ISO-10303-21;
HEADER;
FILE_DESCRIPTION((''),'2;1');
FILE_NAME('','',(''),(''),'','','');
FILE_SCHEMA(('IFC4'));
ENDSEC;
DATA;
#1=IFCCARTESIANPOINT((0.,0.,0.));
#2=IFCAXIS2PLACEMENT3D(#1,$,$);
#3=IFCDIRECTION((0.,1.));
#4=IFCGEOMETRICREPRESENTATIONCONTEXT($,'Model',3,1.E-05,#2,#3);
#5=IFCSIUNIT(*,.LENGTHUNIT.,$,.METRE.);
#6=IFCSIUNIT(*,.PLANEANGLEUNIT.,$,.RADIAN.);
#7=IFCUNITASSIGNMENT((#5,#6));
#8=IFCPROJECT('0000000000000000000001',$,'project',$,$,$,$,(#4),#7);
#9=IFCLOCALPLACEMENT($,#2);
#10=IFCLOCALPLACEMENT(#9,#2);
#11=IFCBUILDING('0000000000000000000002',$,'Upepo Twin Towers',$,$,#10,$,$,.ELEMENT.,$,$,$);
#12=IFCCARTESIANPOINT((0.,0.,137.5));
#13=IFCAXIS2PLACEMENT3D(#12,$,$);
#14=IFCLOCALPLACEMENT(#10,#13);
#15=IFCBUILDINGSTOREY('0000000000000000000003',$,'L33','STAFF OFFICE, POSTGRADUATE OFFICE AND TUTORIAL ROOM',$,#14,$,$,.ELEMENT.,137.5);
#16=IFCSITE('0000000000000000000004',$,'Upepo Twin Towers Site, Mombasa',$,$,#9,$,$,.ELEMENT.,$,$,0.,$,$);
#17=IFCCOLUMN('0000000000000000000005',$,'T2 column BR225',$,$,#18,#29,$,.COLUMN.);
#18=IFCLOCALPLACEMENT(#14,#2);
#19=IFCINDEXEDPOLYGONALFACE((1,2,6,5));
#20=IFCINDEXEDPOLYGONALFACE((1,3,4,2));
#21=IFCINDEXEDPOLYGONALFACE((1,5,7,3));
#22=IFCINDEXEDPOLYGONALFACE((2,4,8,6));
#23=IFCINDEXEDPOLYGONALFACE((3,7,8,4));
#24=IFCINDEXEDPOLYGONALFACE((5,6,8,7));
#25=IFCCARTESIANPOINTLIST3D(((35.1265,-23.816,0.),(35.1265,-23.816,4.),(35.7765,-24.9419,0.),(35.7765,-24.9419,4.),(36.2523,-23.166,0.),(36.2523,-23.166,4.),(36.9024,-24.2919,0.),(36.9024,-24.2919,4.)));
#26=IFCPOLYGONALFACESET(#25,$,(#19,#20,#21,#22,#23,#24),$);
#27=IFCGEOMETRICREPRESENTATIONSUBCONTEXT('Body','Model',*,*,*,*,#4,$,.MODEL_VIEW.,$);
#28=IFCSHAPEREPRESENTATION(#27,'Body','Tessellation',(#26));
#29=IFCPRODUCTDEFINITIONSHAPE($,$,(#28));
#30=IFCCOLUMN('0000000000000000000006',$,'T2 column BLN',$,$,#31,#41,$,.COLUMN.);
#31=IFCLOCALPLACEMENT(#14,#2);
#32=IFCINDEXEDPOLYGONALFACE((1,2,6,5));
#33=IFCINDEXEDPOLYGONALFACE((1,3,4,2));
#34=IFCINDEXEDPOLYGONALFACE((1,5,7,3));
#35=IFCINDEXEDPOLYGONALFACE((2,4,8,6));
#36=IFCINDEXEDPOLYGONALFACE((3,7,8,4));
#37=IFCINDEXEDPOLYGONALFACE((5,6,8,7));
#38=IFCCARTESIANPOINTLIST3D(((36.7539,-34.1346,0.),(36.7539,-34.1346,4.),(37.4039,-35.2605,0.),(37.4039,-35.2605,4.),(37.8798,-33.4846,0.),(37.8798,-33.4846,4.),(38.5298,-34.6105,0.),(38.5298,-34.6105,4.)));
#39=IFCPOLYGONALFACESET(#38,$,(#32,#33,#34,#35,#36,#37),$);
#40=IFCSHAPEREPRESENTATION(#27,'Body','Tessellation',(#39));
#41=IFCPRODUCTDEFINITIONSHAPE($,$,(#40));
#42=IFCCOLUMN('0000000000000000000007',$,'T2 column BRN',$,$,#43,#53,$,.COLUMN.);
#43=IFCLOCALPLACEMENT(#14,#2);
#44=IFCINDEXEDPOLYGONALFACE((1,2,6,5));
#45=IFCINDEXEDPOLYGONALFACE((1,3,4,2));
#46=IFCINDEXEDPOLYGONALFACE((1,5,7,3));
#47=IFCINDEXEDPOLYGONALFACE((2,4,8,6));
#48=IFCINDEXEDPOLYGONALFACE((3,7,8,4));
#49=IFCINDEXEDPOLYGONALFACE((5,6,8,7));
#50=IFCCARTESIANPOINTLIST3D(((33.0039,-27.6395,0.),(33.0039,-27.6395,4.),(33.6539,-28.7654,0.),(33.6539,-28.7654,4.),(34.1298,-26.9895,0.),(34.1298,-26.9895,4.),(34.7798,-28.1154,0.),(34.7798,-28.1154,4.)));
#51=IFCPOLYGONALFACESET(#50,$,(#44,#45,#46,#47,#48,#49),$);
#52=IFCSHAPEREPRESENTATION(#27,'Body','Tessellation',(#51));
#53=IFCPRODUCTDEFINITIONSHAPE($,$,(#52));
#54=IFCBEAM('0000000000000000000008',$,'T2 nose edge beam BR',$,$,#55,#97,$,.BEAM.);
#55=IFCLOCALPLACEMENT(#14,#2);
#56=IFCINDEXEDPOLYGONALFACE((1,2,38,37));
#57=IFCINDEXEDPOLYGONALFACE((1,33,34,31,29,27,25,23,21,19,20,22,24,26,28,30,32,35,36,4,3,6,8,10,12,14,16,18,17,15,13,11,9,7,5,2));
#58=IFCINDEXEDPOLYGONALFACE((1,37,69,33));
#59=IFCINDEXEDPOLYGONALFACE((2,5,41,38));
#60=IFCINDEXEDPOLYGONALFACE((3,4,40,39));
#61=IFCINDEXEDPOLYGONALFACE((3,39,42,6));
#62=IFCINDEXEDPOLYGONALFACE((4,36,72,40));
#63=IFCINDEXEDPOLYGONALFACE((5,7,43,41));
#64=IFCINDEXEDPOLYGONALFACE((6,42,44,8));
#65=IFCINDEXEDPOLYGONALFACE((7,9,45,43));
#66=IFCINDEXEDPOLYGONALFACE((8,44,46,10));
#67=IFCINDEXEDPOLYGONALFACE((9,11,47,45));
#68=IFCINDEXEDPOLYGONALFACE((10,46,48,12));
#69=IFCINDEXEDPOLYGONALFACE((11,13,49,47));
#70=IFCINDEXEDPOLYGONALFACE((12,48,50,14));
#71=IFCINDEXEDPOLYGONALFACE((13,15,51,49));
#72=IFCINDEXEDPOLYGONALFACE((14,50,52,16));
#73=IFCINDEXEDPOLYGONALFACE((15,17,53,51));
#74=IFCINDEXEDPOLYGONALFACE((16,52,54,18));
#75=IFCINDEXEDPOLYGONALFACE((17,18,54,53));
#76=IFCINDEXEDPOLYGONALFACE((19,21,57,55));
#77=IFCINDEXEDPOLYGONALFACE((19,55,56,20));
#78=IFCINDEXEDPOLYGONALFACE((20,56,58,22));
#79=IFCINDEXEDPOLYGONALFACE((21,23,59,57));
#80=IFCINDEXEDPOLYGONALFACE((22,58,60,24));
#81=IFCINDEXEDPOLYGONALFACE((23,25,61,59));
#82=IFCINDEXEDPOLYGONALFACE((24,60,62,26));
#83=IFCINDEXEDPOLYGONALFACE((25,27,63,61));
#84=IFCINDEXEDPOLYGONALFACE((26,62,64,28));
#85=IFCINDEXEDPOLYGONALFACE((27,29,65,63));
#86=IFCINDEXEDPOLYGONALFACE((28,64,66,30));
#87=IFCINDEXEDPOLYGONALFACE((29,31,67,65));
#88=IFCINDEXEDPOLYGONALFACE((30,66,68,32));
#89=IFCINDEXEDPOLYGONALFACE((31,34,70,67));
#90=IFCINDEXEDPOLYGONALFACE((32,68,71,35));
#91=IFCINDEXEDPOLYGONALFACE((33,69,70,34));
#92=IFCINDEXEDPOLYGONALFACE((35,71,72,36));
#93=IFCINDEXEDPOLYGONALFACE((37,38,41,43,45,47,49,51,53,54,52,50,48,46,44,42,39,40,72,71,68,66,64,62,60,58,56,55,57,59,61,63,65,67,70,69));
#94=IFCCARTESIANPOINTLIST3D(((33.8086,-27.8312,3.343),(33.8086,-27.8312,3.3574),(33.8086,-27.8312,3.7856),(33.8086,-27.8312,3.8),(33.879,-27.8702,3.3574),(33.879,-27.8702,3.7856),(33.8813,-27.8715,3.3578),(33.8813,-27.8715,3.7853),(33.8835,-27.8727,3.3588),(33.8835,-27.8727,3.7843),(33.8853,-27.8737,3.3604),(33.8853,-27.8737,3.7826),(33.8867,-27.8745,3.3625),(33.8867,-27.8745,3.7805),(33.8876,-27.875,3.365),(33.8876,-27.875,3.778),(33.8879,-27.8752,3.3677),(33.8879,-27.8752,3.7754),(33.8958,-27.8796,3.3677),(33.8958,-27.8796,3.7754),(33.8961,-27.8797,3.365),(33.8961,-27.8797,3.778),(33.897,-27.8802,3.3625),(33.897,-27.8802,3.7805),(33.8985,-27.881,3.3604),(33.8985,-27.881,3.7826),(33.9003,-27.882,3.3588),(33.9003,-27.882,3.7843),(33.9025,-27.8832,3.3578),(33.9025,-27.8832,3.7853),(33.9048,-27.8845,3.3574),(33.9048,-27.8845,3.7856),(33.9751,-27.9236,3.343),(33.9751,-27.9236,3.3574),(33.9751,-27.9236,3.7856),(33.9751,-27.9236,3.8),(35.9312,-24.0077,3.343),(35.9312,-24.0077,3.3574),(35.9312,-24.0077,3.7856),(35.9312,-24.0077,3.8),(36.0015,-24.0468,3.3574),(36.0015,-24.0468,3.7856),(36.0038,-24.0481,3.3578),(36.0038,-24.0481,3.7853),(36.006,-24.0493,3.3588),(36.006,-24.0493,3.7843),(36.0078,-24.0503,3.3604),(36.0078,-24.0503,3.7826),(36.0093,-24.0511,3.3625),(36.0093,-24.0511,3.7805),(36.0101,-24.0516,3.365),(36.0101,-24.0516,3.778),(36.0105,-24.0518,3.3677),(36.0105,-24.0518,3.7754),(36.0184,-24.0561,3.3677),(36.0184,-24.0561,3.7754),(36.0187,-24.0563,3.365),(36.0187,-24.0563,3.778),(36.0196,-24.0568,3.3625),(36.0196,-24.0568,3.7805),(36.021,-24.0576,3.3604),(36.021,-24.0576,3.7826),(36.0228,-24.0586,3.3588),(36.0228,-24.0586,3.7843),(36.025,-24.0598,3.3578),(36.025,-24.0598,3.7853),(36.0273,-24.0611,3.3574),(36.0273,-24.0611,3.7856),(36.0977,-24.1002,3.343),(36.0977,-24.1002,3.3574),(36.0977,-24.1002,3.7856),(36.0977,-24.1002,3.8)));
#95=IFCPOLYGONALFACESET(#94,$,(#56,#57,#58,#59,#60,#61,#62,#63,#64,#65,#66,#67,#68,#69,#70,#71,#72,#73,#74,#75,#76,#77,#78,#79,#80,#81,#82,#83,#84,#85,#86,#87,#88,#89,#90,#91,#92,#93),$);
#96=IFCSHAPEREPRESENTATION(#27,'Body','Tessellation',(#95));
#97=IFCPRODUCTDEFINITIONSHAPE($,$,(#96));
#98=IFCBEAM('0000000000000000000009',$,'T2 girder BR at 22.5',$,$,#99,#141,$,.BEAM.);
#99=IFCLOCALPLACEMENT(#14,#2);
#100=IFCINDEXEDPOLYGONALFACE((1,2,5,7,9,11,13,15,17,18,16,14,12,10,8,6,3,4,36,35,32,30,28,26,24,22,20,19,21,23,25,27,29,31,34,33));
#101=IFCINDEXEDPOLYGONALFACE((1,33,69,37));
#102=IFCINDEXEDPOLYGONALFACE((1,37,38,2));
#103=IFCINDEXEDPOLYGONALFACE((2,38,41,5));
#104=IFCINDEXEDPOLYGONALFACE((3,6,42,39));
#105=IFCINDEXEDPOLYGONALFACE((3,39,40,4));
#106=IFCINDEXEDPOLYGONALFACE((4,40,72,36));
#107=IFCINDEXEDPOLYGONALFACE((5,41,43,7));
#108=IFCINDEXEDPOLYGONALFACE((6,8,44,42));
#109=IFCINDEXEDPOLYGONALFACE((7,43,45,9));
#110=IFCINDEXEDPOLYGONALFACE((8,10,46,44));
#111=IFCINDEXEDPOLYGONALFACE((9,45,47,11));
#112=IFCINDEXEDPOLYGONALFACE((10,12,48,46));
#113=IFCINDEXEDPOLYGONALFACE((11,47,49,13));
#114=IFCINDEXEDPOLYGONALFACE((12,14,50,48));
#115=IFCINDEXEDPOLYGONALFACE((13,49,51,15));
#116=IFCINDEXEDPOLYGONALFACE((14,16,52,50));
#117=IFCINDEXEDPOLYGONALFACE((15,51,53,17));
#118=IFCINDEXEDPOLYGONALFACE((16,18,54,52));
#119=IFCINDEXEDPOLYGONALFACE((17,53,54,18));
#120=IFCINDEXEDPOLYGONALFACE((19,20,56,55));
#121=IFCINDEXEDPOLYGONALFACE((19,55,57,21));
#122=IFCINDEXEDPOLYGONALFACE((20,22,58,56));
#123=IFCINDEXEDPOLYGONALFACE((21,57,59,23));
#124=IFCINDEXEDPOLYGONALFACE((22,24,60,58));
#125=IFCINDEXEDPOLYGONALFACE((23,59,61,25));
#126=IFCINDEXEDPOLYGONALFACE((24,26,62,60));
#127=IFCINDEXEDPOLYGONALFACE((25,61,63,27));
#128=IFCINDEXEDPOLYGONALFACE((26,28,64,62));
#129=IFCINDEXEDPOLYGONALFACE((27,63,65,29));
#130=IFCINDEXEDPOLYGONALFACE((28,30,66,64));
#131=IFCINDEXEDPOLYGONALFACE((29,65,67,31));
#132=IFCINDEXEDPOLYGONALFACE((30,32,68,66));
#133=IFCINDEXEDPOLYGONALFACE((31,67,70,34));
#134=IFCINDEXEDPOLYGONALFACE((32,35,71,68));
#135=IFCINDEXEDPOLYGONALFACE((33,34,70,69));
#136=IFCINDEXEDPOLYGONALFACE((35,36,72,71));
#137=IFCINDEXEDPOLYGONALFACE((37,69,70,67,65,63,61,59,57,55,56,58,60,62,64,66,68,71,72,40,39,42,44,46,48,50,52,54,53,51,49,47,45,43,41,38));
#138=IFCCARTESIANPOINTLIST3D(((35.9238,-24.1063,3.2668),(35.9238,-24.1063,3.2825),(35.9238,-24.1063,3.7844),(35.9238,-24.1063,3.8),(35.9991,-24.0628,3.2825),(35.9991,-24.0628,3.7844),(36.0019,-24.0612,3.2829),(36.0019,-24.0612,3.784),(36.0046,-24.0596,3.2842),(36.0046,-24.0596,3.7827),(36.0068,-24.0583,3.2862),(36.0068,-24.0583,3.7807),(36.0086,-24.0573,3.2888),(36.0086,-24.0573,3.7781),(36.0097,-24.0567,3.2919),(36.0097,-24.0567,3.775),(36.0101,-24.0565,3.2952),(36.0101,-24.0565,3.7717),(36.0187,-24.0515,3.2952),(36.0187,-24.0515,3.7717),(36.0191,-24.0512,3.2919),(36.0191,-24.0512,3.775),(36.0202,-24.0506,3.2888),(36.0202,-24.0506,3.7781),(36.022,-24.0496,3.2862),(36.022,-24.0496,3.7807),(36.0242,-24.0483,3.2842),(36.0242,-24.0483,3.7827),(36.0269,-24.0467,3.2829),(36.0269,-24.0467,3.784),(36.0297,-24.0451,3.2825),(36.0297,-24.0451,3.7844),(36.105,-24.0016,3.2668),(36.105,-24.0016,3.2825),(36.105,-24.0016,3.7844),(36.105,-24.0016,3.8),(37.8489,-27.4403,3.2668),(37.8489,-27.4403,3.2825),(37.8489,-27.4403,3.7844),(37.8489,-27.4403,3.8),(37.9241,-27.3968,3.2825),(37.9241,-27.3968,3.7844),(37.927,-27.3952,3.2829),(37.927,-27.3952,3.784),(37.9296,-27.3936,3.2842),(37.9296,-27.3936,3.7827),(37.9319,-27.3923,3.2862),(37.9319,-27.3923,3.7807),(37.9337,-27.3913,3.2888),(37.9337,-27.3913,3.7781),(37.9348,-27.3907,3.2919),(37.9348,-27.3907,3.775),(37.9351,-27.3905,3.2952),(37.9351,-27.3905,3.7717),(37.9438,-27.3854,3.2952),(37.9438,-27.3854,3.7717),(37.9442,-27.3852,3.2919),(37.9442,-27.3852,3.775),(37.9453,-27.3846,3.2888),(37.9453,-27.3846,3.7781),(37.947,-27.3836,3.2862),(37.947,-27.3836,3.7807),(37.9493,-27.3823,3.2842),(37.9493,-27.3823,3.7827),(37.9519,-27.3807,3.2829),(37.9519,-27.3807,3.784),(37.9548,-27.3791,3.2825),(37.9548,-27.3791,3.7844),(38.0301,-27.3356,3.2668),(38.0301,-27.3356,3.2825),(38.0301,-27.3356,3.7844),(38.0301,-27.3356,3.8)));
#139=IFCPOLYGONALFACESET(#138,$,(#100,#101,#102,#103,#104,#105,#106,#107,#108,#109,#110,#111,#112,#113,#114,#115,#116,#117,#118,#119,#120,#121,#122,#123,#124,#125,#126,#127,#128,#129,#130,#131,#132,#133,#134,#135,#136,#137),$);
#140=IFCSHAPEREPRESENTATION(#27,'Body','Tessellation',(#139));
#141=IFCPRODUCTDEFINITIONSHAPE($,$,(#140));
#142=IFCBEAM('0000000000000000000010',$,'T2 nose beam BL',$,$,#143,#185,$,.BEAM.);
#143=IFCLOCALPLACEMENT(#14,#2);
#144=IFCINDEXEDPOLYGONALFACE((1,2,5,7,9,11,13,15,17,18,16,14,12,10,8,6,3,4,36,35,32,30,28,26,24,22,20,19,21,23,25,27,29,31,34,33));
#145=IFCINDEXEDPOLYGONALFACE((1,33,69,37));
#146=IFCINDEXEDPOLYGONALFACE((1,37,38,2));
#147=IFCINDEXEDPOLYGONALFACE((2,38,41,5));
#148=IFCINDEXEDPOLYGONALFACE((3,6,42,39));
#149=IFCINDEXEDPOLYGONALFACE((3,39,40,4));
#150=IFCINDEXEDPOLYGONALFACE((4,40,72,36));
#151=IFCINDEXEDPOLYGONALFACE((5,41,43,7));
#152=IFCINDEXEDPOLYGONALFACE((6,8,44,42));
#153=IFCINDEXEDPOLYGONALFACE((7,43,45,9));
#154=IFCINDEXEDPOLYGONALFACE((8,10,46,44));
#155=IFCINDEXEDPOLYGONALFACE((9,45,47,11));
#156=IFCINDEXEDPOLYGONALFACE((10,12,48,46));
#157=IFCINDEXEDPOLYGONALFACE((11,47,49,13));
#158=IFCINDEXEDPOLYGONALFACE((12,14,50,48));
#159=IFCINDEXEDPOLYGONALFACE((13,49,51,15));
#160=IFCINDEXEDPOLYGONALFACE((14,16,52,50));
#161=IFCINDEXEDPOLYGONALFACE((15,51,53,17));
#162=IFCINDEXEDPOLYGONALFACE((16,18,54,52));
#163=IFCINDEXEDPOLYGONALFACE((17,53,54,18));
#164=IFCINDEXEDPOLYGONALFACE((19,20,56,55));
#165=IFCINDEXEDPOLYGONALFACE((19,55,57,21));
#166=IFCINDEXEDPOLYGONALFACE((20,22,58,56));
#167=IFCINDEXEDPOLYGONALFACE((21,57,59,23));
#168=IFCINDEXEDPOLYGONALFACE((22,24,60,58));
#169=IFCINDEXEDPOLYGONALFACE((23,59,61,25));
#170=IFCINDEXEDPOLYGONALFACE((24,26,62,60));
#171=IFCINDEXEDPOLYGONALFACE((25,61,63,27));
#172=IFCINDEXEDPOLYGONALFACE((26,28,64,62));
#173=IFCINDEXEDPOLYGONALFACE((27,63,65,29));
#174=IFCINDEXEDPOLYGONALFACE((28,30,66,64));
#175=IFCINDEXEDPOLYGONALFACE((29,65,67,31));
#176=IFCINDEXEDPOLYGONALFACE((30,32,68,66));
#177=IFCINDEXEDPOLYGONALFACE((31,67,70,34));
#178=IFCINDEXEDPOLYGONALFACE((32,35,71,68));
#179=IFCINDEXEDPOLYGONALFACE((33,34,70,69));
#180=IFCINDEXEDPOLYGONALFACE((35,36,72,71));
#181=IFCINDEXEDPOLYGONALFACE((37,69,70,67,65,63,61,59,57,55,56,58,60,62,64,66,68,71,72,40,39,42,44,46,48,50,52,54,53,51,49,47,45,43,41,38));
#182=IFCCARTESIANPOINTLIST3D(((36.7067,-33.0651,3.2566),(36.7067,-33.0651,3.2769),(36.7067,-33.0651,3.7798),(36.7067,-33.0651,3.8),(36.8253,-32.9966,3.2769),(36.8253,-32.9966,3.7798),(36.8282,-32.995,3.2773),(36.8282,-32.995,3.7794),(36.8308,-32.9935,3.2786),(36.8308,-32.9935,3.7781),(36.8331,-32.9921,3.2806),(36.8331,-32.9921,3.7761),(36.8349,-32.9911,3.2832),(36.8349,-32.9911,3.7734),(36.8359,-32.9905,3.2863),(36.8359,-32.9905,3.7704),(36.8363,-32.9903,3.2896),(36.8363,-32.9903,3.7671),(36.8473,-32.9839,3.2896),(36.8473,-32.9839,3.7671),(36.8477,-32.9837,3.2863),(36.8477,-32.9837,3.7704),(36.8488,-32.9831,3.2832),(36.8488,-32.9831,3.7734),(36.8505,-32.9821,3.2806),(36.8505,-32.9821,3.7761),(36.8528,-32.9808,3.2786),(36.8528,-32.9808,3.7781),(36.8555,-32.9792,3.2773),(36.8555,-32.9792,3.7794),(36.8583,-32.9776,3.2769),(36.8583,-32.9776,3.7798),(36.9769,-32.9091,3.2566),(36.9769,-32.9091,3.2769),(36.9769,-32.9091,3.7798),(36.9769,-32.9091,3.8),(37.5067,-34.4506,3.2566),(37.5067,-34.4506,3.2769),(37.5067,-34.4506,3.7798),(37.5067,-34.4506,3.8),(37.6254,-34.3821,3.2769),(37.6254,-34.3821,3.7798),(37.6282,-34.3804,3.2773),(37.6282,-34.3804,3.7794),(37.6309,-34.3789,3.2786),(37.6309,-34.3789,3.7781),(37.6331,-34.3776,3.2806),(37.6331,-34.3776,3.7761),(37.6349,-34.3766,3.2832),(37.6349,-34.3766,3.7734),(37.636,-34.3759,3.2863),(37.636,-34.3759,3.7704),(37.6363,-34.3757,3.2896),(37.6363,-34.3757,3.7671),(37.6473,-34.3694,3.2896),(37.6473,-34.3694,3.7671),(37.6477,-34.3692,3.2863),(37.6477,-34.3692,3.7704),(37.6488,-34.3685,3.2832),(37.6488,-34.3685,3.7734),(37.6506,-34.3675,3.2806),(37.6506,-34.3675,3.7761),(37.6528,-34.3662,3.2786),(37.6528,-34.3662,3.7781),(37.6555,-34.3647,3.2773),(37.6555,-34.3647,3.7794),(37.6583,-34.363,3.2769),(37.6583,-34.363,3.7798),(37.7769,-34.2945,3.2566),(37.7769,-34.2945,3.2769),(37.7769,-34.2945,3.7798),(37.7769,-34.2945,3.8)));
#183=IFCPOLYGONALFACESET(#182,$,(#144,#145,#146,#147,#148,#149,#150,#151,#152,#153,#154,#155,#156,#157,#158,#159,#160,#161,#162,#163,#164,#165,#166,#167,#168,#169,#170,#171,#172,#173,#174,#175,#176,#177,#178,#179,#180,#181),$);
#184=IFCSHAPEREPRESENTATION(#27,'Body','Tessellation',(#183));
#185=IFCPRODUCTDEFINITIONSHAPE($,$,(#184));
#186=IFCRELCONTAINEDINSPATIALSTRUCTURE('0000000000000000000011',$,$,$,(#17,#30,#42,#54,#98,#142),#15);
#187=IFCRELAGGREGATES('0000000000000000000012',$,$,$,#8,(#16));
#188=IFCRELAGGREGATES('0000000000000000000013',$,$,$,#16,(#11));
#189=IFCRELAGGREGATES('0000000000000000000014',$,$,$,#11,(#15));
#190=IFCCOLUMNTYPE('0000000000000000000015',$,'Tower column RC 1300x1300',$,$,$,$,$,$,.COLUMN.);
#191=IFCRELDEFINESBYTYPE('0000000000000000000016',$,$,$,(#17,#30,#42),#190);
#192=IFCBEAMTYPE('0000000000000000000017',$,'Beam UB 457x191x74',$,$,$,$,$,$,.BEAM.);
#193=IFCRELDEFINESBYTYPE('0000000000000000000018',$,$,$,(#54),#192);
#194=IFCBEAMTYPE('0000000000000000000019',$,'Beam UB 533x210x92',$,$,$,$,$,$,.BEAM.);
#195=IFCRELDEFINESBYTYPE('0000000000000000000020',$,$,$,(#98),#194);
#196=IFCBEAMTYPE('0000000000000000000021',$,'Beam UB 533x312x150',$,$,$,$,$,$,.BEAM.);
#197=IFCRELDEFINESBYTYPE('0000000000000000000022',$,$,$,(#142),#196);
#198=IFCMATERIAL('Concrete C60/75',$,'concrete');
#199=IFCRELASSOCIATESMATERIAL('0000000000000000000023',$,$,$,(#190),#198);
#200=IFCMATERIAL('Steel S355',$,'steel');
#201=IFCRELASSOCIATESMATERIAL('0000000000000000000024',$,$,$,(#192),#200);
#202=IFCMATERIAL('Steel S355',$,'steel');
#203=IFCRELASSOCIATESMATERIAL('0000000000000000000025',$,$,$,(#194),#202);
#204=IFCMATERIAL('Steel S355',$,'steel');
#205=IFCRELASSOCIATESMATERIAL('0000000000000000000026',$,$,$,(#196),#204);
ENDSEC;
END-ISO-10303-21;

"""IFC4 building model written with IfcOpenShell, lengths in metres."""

from ifc_helpers import new_model, si_unit, direction, frame, origin, origin_2d, place, context, subcontext, project, spatial, rectangle, i_section, extrude, material, material_profile, profile_set, type_object, element, save


model = new_model("IFC4")

# Units and contexts
model_context = context("Model", 3, precision=1e-05, world=origin(), true_north=direction((0.0, 1.0)))
body_context = subcontext(model_context, "Body", "Model", "MODEL_VIEW")
ifc_project = project(units=[si_unit("LENGTHUNIT", "METRE"), si_unit("PLANEANGLEUNIT", "RADIAN")], contexts=[model_context])

# Site, building, storey
site_placement = place(None, origin())
site = spatial("IfcSite", under=ifc_project, at=site_placement, Name="Upepo Twin Towers Site, Mombasa", CompositionType="ELEMENT", RefElevation=0.0)
building_placement = place(site_placement, origin())
building = spatial("IfcBuilding", under=site, at=building_placement, Name="Upepo Twin Towers", CompositionType="ELEMENT")
storey_placement = place(building_placement, frame((0.0, 0.0, 137.5)))
storey = spatial("IfcBuildingStorey", under=building, at=storey_placement, Name="L33", Description="STAFF OFFICE, POSTGRADUATE OFFICE AND TUTORIAL ROOM", CompositionType="ELEMENT", Elevation=137.5)

# Columns
ifc_material_1 = material(Name="Concrete C60/75", Category="concrete")
ifc_material_profile_1 = material_profile(ifc_material_1, rectangle(XDim=1.3, YDim=1.3, at=origin_2d()), Name="RC 1300x1300")
ifc_profile_set_1 = profile_set([ifc_material_profile_1], Name="Concrete C60/75")
column_type = type_object("IfcColumnType", Name="Tower column RC 1300x1300", PredefinedType="COLUMN", material=ifc_profile_set_1)
for number, where, z_axis, x_axis, name in (
    (1, (36.0144, -24.054, 0.0), (0.0, 0.0, 1.0), (0.866025, 0.5, 0.0), "T2 column BR225"),
    (2, (37.6418, -34.3726, 0.0), (0.0, 0.0, 1.0), (0.866025, 0.5, 0.0), "T2 column BLN"),
    (3, (33.8918, -27.8774, 0.0), (0.0, 0.0, 1.0), (0.866025, 0.5, 0.0), "T2 column BRN"),
):
    element("IfcColumn", number, at=place(storey_placement, frame(where, z_axis=z_axis, x_axis=x_axis)), inside=storey, type_object=column_type, Name=name, PredefinedType="COLUMN", context=body_context, shape_type="SweptSolid", body=[
        extrude(rectangle(XDim=1.3, YDim=1.3, at=origin_2d()), origin(), (0.0, 0.0, 1.0), 4.0),
    ])

# Beams
ifc_material_2 = material(Name="Steel S355", Category="steel")
ifc_material_profile_2 = material_profile(ifc_material_2, i_section(OverallWidth=0.1904, OverallDepth=0.457, WebThickness=0.009, FlangeThickness=0.0144, FilletRadius=0.0103, at=origin_2d()), Name="UB 457x191x74")
ifc_profile_set_2 = profile_set([ifc_material_profile_2], Name="Steel S355")
beam_type_1 = type_object("IfcBeamType", Name="Beam UB 457x191x74", PredefinedType="BEAM", material=ifc_profile_set_2)
beam_1_placement = place(storey_placement, frame((36.0144, -24.054, 3.5715), z_axis=(-0.485363, -0.874313, 0.0), x_axis=(0.874313, -0.485363, 0.0)))
element("IfcBeam", 4, at=beam_1_placement, inside=storey, type_object=beam_type_1, Name="T2 nose edge beam BR", PredefinedType="BEAM", context=body_context, shape_type="SweptSolid", body=[
    extrude(i_section(OverallWidth=0.1904, OverallDepth=0.457, WebThickness=0.009, FlangeThickness=0.0144, FilletRadius=0.0103, at=origin_2d()), origin(), (0.0, 0.0, 1.0), 4.373),
])
ifc_material_3 = material(Name="Steel S355", Category="steel")
ifc_material_profile_3 = material_profile(ifc_material_3, i_section(OverallWidth=0.2092, OverallDepth=0.5332, WebThickness=0.01, FlangeThickness=0.0156, FilletRadius=0.0127, at=origin_2d()), Name="UB 533x210x92")
ifc_profile_set_3 = profile_set([ifc_material_profile_3], Name="Steel S355")
beam_type_2 = type_object("IfcBeamType", Name="Beam UB 533x210x92", PredefinedType="BEAM", material=ifc_profile_set_3)
beam_2_placement = place(storey_placement, frame((36.0144, -24.054, 3.5334), z_axis=(0.500034, -0.866006, 0.0), x_axis=(0.866006, 0.500034, 0.0)))
element("IfcBeam", 5, at=beam_2_placement, inside=storey, type_object=beam_type_2, Name="T2 girder BR at 22.5", PredefinedType="BEAM", context=body_context, shape_type="SweptSolid", body=[
    extrude(i_section(OverallWidth=0.2092, OverallDepth=0.5332, WebThickness=0.01, FlangeThickness=0.0156, FilletRadius=0.0127, at=origin_2d()), origin(), (0.0, 0.0, 1.0), 3.8499),
])
ifc_material_4 = material(Name="Steel S355", Category="steel")
ifc_material_profile_4 = material_profile(ifc_material_4, i_section(OverallWidth=0.312, OverallDepth=0.5435, WebThickness=0.0127, FlangeThickness=0.0203, FilletRadius=0.0127, at=origin_2d()), Name="UB 533x312x150")
ifc_profile_set_4 = profile_set([ifc_material_profile_4], Name="Steel S355")
beam_type_3 = type_object("IfcBeamType", Name="Beam UB 533x312x150", PredefinedType="BEAM", material=ifc_profile_set_4)
for number, where, z_axis, x_axis, name in (
    (6, (37.6418, -34.3726, 3.5283), (-0.500061, 0.86599, 0.0), (-0.86599, -0.500061, 0.0), "T2 nose beam BL"),
):
    element("IfcBeam", number, at=place(storey_placement, frame(where, z_axis=z_axis, x_axis=x_axis)), inside=storey, type_object=beam_type_3, Name=name, PredefinedType="BEAM", context=body_context, shape_type="SweptSolid", body=[
        extrude(i_section(OverallWidth=0.312, OverallDepth=0.5435, WebThickness=0.0127, FlangeThickness=0.0203, FilletRadius=0.0127, at=origin_2d()), origin(), (0.0, 0.0, 1.0), 1.5999),
    ])

save(model, "model.ifc")
